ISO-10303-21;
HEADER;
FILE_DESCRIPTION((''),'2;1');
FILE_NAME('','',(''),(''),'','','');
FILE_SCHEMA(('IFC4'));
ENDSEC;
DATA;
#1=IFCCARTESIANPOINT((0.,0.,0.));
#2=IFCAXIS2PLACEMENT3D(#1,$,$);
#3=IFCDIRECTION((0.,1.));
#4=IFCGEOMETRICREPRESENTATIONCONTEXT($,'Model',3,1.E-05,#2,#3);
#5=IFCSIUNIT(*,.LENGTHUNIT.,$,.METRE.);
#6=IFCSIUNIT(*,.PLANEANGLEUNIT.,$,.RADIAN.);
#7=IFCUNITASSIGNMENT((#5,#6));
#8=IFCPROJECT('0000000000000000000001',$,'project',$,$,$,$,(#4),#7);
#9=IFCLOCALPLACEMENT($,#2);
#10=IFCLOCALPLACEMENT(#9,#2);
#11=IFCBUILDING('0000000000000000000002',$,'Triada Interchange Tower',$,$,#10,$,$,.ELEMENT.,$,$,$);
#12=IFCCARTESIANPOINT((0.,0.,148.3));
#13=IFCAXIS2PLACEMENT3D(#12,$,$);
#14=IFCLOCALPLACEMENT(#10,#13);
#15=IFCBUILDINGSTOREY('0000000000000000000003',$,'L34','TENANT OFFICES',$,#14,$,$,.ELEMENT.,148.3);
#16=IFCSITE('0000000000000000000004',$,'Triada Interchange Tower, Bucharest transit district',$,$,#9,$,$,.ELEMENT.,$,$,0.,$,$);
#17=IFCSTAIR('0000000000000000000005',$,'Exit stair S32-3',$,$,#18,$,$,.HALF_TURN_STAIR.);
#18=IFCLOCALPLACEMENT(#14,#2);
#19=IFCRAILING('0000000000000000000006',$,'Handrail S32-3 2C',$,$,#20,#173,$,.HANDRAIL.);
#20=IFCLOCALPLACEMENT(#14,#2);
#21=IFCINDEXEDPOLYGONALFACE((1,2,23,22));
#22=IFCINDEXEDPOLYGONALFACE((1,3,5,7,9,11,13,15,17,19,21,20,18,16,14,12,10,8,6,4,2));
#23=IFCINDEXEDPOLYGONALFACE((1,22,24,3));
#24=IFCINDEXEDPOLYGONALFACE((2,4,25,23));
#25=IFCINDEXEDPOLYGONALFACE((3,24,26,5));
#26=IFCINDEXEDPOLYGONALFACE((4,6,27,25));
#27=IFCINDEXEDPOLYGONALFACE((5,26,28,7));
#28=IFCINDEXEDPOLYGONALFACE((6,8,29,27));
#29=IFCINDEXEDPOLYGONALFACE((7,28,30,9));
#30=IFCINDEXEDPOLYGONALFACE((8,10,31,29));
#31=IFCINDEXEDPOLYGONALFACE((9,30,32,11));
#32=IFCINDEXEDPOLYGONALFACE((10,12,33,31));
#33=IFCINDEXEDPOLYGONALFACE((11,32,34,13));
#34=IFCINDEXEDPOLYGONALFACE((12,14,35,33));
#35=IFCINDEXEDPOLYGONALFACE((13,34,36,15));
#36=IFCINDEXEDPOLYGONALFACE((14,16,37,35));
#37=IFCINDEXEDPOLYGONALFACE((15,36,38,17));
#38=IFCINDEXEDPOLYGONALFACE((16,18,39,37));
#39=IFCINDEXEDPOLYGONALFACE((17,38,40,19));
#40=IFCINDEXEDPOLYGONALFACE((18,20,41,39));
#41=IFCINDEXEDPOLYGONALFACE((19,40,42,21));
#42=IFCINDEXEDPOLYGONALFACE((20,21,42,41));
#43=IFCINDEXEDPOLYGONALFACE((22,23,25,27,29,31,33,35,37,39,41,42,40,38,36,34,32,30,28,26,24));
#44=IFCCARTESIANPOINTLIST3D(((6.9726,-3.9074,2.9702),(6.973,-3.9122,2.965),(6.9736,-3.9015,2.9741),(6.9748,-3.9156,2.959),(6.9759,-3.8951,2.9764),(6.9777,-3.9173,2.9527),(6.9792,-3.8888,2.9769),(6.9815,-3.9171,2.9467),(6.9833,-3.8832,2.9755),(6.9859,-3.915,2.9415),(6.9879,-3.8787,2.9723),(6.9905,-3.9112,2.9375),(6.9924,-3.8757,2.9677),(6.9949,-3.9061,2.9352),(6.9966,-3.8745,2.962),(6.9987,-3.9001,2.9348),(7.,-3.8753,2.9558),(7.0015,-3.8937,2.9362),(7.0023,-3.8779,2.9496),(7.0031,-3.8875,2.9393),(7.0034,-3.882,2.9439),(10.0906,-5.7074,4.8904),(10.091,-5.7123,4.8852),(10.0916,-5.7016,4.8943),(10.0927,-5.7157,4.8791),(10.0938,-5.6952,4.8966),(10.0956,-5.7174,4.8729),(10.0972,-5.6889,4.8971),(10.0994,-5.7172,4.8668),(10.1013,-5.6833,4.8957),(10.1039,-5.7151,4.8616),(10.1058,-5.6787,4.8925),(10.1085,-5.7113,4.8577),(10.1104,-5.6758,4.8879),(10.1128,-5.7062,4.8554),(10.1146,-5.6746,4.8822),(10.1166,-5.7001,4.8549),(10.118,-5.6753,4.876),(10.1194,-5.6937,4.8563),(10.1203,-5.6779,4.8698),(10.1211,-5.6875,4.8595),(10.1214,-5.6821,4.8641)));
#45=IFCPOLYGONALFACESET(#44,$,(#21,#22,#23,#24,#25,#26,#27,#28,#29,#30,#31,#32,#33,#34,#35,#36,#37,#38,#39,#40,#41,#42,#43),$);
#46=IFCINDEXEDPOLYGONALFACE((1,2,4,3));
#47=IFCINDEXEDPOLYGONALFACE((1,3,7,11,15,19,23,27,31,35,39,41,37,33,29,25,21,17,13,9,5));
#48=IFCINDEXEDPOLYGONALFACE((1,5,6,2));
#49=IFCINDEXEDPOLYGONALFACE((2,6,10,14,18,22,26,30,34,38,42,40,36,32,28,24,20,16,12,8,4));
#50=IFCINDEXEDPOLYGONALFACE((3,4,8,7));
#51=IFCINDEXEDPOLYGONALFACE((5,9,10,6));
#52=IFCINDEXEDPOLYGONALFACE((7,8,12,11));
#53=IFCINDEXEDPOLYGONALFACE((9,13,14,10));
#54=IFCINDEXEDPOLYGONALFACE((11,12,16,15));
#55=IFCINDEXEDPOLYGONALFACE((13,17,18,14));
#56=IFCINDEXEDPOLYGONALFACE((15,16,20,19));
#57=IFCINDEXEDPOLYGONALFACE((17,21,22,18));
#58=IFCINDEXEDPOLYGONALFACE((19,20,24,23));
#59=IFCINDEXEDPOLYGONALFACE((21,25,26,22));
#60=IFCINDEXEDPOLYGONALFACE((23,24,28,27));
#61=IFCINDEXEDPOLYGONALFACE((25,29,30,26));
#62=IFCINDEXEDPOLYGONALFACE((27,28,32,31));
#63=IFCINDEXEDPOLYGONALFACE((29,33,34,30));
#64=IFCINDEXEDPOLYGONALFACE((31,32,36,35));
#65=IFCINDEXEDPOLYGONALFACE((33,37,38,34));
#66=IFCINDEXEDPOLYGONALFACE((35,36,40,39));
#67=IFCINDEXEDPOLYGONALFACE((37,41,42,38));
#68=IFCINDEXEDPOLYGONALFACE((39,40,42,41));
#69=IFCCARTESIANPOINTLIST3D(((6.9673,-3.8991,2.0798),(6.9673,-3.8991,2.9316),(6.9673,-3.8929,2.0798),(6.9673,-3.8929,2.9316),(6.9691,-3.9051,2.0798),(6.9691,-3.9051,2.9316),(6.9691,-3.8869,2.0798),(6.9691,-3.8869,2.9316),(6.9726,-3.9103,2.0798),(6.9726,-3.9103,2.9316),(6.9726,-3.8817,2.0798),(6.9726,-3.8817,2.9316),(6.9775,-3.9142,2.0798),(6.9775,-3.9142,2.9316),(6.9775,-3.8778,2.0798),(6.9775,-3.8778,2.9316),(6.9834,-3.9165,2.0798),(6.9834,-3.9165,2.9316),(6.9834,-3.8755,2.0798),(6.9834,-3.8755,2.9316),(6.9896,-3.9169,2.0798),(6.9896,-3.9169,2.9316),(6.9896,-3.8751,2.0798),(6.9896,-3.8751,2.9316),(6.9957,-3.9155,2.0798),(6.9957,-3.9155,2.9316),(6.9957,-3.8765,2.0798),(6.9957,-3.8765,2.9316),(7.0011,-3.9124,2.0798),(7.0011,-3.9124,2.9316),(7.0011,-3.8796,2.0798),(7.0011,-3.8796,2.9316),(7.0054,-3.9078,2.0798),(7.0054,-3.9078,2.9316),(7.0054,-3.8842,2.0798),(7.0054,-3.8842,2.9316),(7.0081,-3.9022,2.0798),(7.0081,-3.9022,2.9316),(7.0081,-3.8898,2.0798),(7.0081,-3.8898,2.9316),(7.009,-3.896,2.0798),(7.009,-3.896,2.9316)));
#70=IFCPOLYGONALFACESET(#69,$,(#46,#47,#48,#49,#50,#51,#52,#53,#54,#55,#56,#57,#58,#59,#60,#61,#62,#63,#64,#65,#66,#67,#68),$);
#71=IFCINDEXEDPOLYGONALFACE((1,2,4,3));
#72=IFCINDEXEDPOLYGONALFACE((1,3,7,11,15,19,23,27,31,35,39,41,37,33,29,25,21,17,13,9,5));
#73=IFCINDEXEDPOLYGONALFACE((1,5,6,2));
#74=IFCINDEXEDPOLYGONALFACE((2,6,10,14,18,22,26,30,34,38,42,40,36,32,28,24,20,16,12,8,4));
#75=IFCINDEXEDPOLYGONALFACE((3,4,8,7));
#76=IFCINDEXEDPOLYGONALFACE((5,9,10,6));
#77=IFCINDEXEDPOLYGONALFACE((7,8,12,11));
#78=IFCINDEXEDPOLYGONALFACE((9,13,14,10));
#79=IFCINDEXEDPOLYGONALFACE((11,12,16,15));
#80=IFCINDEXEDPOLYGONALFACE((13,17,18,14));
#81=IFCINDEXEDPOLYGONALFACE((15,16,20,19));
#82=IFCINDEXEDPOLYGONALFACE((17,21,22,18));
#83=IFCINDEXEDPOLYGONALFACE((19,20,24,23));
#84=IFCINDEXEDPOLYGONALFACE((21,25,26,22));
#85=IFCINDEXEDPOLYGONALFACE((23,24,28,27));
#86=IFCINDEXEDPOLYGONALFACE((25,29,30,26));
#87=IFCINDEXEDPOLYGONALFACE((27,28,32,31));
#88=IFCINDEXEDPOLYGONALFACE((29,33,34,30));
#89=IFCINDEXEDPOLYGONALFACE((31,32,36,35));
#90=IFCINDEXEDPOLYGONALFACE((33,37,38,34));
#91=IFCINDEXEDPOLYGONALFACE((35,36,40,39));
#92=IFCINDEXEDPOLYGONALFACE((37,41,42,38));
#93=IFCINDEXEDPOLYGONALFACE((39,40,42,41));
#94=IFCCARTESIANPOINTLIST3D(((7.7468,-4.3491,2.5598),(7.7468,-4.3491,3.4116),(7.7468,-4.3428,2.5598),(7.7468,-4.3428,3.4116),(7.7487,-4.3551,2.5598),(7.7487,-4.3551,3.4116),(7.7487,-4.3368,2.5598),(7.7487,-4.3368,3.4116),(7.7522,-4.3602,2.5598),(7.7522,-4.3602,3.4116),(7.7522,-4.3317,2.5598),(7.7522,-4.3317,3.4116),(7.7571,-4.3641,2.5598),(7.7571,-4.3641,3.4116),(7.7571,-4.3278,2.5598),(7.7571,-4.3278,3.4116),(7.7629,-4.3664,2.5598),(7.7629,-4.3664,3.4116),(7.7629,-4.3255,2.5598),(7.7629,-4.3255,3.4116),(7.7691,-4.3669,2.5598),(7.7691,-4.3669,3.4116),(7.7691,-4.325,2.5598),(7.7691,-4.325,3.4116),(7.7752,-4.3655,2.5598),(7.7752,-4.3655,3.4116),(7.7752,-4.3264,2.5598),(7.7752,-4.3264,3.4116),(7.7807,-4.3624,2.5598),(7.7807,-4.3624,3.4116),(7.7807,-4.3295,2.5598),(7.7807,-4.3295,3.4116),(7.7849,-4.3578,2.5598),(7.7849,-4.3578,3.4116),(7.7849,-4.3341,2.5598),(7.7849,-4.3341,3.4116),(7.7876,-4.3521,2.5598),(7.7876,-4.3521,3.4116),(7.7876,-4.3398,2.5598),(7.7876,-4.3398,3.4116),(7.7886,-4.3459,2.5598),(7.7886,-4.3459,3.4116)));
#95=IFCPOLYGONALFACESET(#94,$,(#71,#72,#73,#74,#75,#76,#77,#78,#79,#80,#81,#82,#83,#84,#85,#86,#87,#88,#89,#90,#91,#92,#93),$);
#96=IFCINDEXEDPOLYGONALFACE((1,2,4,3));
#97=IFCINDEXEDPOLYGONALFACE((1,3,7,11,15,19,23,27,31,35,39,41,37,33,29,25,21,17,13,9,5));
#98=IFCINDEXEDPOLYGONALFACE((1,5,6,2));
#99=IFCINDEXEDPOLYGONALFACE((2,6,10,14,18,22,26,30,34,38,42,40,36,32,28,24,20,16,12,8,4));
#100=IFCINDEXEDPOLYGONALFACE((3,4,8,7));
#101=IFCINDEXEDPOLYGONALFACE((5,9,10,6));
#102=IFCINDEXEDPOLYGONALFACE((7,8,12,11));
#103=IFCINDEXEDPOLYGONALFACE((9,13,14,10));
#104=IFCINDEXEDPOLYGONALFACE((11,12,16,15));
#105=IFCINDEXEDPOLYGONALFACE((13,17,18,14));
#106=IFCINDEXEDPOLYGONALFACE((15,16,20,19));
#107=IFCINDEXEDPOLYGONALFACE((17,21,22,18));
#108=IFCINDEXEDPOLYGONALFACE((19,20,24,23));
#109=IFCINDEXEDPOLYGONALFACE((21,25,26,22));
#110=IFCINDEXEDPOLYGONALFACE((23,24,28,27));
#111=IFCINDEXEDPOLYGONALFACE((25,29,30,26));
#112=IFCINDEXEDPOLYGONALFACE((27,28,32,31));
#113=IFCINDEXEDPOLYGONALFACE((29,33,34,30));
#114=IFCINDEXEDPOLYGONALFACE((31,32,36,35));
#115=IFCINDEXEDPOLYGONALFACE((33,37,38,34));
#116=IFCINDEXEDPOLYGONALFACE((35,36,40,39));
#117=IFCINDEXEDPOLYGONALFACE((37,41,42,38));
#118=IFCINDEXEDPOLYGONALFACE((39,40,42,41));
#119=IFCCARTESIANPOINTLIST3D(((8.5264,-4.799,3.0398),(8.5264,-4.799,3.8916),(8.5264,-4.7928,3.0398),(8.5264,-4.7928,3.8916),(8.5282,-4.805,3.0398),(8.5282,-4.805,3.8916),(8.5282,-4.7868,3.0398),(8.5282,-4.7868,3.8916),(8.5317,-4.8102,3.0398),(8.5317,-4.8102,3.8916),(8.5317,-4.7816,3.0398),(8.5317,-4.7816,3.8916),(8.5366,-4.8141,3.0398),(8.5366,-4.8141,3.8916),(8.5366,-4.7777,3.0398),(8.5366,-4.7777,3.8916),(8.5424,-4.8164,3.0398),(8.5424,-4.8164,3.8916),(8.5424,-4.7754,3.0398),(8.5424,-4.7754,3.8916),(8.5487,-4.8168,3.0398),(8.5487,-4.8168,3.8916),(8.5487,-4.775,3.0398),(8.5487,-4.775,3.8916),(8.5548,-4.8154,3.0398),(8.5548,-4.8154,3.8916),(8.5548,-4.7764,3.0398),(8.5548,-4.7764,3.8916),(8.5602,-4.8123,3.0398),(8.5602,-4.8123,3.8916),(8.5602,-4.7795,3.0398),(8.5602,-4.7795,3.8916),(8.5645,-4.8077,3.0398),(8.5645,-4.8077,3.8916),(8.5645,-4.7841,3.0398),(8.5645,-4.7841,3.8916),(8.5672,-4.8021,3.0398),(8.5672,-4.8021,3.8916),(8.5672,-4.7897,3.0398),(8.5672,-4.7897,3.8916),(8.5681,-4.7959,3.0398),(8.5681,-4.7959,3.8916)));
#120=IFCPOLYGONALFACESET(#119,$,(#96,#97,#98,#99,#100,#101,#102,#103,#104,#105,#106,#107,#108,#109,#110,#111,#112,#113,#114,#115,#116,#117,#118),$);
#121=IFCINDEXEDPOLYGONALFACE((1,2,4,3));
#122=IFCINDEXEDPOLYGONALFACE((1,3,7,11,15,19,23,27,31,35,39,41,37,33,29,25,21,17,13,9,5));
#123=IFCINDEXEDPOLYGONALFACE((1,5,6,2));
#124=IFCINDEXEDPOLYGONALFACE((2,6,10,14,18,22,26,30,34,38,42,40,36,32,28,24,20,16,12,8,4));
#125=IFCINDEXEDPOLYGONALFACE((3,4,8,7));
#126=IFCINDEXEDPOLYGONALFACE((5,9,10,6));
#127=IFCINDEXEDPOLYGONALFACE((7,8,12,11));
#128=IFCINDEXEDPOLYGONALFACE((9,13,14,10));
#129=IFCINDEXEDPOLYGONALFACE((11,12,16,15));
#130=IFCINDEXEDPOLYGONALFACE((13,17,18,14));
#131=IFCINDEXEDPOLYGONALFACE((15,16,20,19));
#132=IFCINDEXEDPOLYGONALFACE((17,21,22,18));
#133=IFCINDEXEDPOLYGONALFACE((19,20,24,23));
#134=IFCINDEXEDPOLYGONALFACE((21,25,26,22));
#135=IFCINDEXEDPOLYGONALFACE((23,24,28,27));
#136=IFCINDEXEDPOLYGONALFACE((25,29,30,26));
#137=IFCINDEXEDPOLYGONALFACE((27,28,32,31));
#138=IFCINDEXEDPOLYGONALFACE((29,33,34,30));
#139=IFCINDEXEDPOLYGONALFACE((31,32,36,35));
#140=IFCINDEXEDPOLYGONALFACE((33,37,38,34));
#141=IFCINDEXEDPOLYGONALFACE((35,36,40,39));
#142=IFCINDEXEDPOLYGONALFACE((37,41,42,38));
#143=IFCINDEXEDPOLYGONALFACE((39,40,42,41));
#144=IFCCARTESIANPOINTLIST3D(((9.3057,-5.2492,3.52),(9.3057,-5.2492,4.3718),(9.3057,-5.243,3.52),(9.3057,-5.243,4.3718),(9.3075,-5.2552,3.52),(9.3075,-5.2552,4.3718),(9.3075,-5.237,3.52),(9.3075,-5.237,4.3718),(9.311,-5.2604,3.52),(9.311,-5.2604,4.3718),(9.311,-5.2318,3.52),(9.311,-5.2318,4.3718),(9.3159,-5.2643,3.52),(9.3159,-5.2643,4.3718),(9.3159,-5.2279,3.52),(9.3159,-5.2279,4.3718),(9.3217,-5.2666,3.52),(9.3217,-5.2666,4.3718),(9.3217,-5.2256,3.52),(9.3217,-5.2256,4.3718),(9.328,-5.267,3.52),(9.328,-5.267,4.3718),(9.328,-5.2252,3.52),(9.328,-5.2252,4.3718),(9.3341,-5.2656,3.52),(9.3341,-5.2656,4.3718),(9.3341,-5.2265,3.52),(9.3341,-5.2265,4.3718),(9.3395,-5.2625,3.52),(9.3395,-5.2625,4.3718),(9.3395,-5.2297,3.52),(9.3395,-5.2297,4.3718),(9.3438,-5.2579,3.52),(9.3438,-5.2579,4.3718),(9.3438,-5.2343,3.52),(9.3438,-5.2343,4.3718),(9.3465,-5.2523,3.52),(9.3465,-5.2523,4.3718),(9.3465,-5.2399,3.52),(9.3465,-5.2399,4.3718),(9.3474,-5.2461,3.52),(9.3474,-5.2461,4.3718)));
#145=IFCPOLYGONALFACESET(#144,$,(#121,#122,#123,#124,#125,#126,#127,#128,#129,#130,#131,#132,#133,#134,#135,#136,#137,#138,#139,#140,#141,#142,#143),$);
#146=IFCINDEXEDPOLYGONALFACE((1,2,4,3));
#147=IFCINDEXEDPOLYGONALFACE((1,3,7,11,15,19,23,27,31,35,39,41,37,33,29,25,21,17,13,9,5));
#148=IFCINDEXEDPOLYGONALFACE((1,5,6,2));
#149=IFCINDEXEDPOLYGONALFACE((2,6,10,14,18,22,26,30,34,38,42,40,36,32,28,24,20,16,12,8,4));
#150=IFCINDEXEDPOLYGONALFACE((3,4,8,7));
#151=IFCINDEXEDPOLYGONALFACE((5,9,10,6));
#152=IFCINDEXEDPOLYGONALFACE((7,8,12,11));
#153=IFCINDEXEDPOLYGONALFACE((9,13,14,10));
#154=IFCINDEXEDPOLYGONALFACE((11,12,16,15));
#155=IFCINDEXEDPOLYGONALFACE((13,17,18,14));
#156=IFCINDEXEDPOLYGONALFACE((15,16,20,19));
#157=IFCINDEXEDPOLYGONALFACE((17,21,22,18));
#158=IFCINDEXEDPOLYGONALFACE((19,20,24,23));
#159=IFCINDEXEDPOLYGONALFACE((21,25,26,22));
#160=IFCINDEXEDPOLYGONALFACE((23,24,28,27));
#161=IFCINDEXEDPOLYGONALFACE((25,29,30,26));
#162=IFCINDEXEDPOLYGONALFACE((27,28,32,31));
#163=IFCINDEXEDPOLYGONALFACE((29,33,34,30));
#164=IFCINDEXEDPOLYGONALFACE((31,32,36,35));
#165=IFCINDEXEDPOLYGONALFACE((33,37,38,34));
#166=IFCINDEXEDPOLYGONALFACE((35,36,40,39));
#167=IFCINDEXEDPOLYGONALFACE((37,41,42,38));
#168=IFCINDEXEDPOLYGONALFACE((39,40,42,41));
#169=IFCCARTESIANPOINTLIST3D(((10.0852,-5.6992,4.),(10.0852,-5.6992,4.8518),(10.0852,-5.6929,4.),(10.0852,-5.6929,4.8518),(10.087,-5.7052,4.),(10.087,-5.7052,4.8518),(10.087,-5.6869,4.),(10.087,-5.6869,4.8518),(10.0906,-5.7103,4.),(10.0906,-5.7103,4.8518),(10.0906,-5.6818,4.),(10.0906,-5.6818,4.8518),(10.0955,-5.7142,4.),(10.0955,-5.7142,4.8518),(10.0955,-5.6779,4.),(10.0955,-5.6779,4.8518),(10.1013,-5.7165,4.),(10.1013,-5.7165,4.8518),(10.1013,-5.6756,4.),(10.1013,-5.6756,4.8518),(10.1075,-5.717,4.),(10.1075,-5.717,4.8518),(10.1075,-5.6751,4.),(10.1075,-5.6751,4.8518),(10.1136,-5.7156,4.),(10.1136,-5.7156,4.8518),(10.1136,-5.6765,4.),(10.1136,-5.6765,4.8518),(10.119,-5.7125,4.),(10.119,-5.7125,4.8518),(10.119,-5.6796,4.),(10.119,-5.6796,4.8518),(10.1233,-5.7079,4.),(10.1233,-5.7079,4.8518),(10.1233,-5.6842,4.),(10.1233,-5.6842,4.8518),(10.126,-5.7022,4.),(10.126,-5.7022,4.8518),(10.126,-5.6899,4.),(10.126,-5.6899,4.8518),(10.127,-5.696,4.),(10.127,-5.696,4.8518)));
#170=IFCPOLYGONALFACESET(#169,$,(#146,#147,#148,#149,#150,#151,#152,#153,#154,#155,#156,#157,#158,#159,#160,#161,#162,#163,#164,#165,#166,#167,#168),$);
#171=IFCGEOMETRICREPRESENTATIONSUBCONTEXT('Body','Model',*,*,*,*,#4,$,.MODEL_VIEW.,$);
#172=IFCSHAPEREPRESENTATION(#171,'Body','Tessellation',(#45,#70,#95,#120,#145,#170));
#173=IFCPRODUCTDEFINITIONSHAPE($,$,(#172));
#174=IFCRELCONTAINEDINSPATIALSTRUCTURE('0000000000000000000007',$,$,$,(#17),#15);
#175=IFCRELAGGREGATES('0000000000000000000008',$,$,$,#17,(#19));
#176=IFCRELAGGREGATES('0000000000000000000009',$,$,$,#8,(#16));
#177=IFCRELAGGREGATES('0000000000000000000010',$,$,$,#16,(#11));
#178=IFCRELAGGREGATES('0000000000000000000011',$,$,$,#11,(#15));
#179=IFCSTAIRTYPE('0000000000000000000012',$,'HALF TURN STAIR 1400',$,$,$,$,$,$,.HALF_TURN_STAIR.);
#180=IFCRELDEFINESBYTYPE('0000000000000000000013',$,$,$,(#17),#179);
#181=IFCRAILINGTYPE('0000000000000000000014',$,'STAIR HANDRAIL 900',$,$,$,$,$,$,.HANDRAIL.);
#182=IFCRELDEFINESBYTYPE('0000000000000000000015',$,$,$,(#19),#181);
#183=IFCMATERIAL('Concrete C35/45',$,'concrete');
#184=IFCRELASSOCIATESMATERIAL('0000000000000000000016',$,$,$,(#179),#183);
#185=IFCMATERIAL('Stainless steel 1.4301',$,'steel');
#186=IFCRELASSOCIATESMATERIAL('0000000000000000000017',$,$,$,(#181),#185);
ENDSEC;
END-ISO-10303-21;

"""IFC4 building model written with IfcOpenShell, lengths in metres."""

from ifc_helpers import new_model, si_unit, direction, frame, origin, origin_2d, place, context, subcontext, project, spatial, circle, extrude, material, type_object, element, aggregate, save


model = new_model("IFC4")

# Units and contexts
model_context = context("Model", 3, precision=1e-05, world=origin(), true_north=direction((0.0, 1.0)))
body_context = subcontext(model_context, "Body", "Model", "MODEL_VIEW")
ifc_project = project(units=[si_unit("LENGTHUNIT", "METRE"), si_unit("PLANEANGLEUNIT", "RADIAN")], contexts=[model_context])

# Site, building, storey
site_placement = place(None, origin())
site = spatial("IfcSite", under=ifc_project, at=site_placement, Name="Triada Interchange Tower, Bucharest transit district", CompositionType="ELEMENT", RefElevation=0.0)
building_placement = place(site_placement, origin())
building = spatial("IfcBuilding", under=site, at=building_placement, Name="Triada Interchange Tower", CompositionType="ELEMENT")
storey_placement = place(building_placement, frame((0.0, 0.0, 148.3)))
storey = spatial("IfcBuildingStorey", under=building, at=storey_placement, Name="L34", Description="TENANT OFFICES", CompositionType="ELEMENT", Elevation=148.3)

# Stair
ifc_material_1 = material(Name="Concrete C35/45", Category="concrete")
stair_type = type_object("IfcStairType", Name="HALF TURN STAIR 1400", PredefinedType="HALF_TURN_STAIR", material=ifc_material_1)
stair_placement = place(storey_placement, origin())
stair = element("IfcStair", 1, at=stair_placement, inside=storey, type_object=stair_type, Name="Exit stair S32-3", PredefinedType="HALF_TURN_STAIR")

# Railing
ifc_material_2 = material(Name="Stainless steel 1.4301", Category="steel")
railing_type = type_object("IfcRailingType", Name="STAIR HANDRAIL 900", PredefinedType="HANDRAIL", material=ifc_material_2)
railing_1_placement = place(storey_placement, frame((6.988, -3.896, 2.0798)))
railing_1 = element("IfcRailing", 2, at=railing_1_placement, type_object=railing_type, Name="Handrail S32-3 2C", PredefinedType="HANDRAIL", context=body_context, shape_type="SweptSolid", body=[
    extrude(circle(Radius=0.0239, at=origin_2d()), frame((0.0, 0.0, 0.876), z_axis=(0.764145, -0.441159, 0.470597), x_axis=(0.499983, 0.866035, 0.0)), (0.0, 0.0, 1.0), 4.0803),
    extrude(circle(Radius=0.021, at=origin_2d()), origin(), (0.0, 0.0, 1.0), 0.8518),
    extrude(circle(Radius=0.021, at=origin_2d()), frame((0.7795, -0.45, 0.48)), (0.0, 0.0, 1.0), 0.8518),
    extrude(circle(Radius=0.021, at=origin_2d()), frame((1.5591, -0.8999, 0.96)), (0.0, 0.0, 1.0), 0.8518),
    extrude(circle(Radius=0.021, at=origin_2d()), frame((2.3384, -1.3501, 1.4402)), (0.0, 0.0, 1.0), 0.8518),
    extrude(circle(Radius=0.021, at=origin_2d()), frame((3.1179, -1.8, 1.9202)), (0.0, 0.0, 1.0), 0.8518),
])
aggregate(stair, [railing_1])

save(model, "model.ifc")
